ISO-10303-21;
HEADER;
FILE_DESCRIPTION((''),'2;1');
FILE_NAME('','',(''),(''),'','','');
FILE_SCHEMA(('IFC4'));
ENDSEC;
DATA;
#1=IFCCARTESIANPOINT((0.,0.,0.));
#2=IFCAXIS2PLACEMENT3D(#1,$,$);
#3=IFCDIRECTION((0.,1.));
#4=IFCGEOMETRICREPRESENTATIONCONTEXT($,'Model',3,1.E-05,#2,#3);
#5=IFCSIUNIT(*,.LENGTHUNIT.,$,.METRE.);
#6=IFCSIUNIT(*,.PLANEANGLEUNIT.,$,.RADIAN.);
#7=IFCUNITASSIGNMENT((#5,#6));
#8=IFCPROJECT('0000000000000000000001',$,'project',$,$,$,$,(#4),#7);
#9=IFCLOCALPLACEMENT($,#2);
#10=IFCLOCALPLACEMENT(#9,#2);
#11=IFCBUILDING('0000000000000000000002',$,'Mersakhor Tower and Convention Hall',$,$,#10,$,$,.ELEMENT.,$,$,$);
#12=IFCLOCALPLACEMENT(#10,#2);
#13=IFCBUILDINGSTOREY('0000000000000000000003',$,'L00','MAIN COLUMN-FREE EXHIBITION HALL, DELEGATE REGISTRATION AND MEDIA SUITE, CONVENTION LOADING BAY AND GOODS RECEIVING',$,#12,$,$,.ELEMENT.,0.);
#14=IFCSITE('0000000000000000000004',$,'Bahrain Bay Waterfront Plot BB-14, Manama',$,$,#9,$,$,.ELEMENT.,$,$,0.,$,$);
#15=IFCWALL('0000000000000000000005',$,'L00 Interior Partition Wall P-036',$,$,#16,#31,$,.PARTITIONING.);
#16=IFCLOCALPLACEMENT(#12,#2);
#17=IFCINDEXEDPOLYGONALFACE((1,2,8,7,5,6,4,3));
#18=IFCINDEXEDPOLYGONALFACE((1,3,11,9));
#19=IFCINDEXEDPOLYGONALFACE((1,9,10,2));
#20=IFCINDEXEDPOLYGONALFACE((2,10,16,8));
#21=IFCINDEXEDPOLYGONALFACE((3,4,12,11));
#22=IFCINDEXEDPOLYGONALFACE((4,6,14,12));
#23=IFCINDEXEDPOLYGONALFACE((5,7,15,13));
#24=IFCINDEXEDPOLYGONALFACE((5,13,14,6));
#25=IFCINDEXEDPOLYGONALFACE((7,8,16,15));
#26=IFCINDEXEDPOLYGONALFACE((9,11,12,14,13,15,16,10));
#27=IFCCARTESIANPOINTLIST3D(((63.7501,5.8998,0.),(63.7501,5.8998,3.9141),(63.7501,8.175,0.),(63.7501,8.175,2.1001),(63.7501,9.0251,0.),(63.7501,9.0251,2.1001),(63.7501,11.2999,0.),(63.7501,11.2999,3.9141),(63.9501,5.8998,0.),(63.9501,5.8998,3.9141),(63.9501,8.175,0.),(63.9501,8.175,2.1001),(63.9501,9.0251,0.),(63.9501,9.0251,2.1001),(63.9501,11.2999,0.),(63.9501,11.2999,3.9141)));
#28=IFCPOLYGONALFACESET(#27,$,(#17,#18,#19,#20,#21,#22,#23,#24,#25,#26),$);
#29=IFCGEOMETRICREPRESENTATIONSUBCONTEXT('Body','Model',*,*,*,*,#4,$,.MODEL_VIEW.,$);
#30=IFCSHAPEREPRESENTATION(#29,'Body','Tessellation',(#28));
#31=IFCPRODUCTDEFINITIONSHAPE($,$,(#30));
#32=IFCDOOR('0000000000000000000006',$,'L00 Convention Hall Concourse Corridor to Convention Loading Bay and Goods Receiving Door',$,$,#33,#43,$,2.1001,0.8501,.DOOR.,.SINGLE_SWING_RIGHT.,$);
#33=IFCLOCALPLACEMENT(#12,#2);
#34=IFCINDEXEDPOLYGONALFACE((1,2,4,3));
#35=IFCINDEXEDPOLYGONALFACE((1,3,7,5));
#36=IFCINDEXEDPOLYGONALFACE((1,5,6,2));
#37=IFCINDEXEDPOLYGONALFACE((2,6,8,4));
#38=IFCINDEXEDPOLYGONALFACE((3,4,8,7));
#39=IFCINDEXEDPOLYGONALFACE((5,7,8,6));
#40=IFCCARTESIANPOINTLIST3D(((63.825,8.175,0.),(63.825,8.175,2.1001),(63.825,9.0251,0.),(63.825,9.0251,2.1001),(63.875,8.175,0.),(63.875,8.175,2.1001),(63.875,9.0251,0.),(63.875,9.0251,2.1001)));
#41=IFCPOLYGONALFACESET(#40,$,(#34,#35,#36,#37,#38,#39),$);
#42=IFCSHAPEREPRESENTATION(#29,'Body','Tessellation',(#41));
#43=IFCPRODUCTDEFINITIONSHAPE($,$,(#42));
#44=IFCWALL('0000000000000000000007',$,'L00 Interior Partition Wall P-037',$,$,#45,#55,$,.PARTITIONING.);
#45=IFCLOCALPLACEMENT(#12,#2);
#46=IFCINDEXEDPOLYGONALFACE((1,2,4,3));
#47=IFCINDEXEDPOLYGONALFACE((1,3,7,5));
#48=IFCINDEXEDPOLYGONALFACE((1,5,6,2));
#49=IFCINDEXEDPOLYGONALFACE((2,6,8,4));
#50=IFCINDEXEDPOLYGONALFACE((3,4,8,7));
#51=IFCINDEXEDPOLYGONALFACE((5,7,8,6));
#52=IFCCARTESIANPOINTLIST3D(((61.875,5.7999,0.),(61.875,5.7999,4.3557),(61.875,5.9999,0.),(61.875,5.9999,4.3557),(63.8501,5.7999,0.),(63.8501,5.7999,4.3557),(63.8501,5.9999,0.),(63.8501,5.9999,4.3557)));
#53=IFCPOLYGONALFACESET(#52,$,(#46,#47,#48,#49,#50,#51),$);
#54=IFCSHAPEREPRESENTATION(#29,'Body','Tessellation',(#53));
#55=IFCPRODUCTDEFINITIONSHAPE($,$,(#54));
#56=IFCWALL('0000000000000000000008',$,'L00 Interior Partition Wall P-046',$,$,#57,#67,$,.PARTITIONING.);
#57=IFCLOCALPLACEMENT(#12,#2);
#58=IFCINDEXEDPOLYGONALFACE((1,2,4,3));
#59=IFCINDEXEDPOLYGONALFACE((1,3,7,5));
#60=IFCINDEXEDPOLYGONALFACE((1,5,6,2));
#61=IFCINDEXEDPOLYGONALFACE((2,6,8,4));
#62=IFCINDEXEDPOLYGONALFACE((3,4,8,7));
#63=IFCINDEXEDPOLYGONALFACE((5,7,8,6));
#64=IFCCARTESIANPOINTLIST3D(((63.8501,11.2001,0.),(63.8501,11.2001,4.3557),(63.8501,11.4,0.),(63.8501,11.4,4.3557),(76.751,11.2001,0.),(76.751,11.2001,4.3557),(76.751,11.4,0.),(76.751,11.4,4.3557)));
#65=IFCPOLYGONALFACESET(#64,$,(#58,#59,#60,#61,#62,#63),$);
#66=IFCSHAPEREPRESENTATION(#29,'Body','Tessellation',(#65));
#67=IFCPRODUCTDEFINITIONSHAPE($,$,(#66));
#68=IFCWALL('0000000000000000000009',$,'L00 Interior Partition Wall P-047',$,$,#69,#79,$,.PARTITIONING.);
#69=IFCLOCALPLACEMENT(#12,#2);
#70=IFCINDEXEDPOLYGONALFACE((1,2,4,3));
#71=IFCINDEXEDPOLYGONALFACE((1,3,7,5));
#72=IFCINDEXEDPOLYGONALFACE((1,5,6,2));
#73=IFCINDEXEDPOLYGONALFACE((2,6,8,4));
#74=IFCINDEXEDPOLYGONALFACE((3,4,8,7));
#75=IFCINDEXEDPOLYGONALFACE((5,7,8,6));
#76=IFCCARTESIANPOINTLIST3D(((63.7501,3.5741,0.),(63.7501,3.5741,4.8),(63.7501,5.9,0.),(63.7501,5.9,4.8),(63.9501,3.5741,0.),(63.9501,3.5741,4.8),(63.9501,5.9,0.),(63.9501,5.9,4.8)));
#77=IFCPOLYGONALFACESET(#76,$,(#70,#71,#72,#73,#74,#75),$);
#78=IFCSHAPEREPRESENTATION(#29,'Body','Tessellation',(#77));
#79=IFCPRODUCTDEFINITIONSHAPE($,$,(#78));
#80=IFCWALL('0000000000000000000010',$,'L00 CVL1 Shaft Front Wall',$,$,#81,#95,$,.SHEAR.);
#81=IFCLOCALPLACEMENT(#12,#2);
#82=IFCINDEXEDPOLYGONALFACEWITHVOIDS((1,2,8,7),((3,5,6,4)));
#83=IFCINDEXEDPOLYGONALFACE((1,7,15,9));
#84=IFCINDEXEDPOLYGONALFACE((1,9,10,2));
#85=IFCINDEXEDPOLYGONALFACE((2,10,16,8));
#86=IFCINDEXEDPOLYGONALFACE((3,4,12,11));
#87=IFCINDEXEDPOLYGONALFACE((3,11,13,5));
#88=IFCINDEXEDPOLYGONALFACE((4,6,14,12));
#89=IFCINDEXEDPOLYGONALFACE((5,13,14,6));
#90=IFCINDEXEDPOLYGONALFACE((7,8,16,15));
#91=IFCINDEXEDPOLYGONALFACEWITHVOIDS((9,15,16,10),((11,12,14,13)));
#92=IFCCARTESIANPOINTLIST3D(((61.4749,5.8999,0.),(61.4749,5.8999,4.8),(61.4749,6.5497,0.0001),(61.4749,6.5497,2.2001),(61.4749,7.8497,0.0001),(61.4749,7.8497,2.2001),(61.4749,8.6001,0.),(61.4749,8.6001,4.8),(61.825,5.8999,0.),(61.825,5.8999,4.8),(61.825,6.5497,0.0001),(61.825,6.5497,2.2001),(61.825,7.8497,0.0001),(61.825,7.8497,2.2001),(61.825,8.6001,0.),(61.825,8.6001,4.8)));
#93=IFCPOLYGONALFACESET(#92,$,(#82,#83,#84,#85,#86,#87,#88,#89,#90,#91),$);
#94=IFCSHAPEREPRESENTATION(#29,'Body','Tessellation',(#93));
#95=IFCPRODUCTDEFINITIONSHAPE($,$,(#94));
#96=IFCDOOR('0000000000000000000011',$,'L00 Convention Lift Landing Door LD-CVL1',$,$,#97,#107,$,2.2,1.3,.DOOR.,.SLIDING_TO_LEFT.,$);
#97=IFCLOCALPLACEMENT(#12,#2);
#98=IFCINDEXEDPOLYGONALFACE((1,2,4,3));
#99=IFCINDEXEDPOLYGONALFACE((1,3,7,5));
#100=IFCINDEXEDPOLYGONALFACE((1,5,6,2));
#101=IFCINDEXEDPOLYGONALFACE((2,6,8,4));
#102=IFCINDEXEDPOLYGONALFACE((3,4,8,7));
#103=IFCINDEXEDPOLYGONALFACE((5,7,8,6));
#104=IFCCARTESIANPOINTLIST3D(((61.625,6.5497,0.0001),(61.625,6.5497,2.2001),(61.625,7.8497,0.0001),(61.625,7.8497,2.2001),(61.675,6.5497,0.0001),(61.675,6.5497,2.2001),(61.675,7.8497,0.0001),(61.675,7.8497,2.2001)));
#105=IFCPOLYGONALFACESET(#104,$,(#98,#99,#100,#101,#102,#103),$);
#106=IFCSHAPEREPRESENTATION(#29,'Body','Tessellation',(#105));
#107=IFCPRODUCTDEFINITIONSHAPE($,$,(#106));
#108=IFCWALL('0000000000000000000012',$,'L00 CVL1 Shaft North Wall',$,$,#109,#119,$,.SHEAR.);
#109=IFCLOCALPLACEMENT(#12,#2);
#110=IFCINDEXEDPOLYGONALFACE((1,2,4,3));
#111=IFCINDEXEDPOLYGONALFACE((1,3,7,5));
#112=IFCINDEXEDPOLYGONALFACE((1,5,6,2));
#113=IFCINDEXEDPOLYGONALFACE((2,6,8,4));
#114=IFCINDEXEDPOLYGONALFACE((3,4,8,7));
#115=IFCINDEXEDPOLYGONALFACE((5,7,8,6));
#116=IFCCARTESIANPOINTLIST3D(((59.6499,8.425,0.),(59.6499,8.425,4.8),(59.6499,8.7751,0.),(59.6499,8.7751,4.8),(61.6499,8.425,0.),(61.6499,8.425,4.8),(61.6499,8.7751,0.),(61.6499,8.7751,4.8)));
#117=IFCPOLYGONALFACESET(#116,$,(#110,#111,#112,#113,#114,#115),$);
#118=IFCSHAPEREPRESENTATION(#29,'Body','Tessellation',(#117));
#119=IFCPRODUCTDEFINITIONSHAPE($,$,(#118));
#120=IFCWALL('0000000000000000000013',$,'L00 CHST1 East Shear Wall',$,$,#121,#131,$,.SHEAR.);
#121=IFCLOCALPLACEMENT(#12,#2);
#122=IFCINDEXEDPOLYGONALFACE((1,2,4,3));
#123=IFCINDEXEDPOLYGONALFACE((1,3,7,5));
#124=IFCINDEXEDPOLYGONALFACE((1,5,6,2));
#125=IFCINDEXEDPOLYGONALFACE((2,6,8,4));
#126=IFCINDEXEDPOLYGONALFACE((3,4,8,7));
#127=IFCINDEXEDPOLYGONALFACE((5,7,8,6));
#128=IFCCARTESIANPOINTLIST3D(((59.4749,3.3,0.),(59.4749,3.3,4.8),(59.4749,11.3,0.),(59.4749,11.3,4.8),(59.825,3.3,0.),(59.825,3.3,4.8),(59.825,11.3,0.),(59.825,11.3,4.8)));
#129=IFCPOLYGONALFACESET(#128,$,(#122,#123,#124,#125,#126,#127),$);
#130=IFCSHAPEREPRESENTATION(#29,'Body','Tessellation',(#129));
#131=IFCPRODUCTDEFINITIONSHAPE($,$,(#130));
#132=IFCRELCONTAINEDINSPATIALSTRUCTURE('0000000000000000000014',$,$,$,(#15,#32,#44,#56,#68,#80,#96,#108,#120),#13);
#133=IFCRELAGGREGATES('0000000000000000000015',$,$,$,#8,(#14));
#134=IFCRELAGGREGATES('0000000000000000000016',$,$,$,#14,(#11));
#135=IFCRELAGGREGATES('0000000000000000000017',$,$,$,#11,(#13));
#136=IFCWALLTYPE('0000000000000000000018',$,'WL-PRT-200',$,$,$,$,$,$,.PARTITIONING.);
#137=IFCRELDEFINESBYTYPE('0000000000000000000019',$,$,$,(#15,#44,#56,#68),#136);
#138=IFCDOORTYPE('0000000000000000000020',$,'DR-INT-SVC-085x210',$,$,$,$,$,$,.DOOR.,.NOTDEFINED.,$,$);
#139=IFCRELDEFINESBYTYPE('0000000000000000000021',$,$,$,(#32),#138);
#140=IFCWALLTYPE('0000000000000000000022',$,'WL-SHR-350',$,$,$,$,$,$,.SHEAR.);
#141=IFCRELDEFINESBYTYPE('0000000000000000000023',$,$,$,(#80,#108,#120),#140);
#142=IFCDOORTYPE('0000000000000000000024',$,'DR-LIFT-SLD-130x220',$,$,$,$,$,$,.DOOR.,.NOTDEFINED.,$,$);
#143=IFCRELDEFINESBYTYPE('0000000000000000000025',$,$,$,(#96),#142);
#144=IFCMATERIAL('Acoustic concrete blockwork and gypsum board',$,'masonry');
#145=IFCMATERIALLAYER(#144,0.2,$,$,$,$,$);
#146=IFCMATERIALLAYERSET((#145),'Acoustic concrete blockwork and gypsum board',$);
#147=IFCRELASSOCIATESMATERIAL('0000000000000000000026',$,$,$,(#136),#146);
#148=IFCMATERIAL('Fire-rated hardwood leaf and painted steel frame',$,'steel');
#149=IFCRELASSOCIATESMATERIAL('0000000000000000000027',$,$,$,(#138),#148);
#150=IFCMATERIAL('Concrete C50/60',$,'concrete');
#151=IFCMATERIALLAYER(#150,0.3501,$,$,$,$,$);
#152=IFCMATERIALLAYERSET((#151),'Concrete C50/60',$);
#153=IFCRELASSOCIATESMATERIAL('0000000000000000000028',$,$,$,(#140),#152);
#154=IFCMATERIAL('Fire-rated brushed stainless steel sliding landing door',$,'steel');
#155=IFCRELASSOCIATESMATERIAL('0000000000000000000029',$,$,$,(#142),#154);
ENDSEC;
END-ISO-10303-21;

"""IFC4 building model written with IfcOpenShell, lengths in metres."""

from ifc_helpers import new_model, si_unit, direction, frame, frame_2d, origin, place, context, subcontext, project, spatial, rectangle, extrude, material, layer, layer_set, type_object, element, fill, save


model = new_model("IFC4")

# Units and contexts
model_context = context("Model", 3, precision=1e-05, world=origin(), true_north=direction((0.0, 1.0)))
body_context = subcontext(model_context, "Body", "Model", "MODEL_VIEW")
ifc_project = project(units=[si_unit("LENGTHUNIT", "METRE"), si_unit("PLANEANGLEUNIT", "RADIAN")], contexts=[model_context])

# Site, building, storey
site_placement = place(None, origin())
site = spatial("IfcSite", under=ifc_project, at=site_placement, Name="Bahrain Bay Waterfront Plot BB-14, Manama", CompositionType="ELEMENT", RefElevation=0.0)
building_placement = place(site_placement, origin())
building = spatial("IfcBuilding", under=site, at=building_placement, Name="Mersakhor Tower and Convention Hall", CompositionType="ELEMENT")
storey_placement = place(building_placement, origin())
storey = spatial("IfcBuildingStorey", under=building, at=storey_placement, Name="L00", Description="MAIN COLUMN-FREE EXHIBITION HALL, DELEGATE REGISTRATION AND MEDIA SUITE, CONVENTION LOADING BAY AND GOODS RECEIVING", CompositionType="ELEMENT", Elevation=0.0)

# Shared definitions
ifc_material_1 = material(Name="Acoustic concrete blockwork and gypsum board", Category="masonry")
ifc_layer_1 = layer(ifc_material_1, 0.2)
ifc_layer_set_1 = layer_set([ifc_layer_1], Name="Acoustic concrete blockwork and gypsum board")
wall_type_1 = type_object("IfcWallType", Name="WL-PRT-200", PredefinedType="PARTITIONING", material=ifc_layer_set_1)

# Wall, opening, door
wall_1_placement = place(storey_placement, frame((63.8501, 11.3, 0.0), z_axis=(0.0, 0.0, 1.0), x_axis=(0.0, -1.0, 0.0)))
wall_1 = element("IfcWall", 1, at=wall_1_placement, inside=storey, type_object=wall_type_1, Name="L00 Interior Partition Wall P-036", PredefinedType="PARTITIONING", context=body_context, shape_type="SweptSolid", body=[
    extrude(rectangle(XDim=5.4001, YDim=0.2, at=frame_2d((2.7002, 0.0))), origin(), (0.0, 0.0, 1.0), 3.9141),
])
opening_1_placement = place(wall_1_placement, frame((2.2749, 0.0, 0.0)))
opening_1 = element("IfcOpeningElement", 2, at=opening_1_placement, cuts=wall_1, PredefinedType="OPENING", context=body_context, shape_type="SweptSolid", body=[
    extrude(rectangle(XDim=0.8501, YDim=2.1001, at=frame_2d((0.425, 1.05))), frame((0.0, 0.1099, 0.0), z_axis=(0.0, -1.0, 0.0), x_axis=(1.0, 0.0, 0.0)), (0.0, 0.0, 1.0), 0.22),
])
ifc_material_2 = material(Name="Fire-rated hardwood leaf and painted steel frame", Category="steel")
door_type_1 = type_object("IfcDoorType", Name="DR-INT-SVC-085x210", OperationType="NOTDEFINED", PredefinedType="DOOR", material=ifc_material_2)
door_1_placement = place(opening_1_placement, origin())
door_1 = element("IfcDoor", 3, at=door_1_placement, inside=storey, type_object=door_type_1, Name="L00 Convention Hall Concourse Corridor to Convention Loading Bay and Goods Receiving Door", OperationType="SINGLE_SWING_RIGHT", OverallHeight=2.1001, OverallWidth=0.8501, PredefinedType="DOOR", context=body_context, shape_type="SweptSolid", body=[
    extrude(rectangle(XDim=0.8501, YDim=2.1001, at=frame_2d((0.425, 1.05))), frame((0.0, 0.0249, 0.0), z_axis=(0.0, -1.0, 0.0), x_axis=(1.0, 0.0, 0.0)), (0.0, 0.0, 1.0), 0.05),
])
fill(opening_1, door_1)

# Walls
wall_2_placement = place(storey_placement, frame((63.8501, 5.8999, 0.0), z_axis=(0.0, 0.0, 1.0), x_axis=(-1.0, 0.0, 0.0)))
element("IfcWall", 4, at=wall_2_placement, inside=storey, type_object=wall_type_1, Name="L00 Interior Partition Wall P-037", PredefinedType="PARTITIONING", context=body_context, shape_type="SweptSolid", body=[
    extrude(rectangle(XDim=1.9751, YDim=0.2, at=frame_2d((0.9875, 0.0))), origin(), (0.0, 0.0, 1.0), 4.3557),
])
wall_3_placement = place(storey_placement, frame((76.751, 11.3, 0.0), z_axis=(0.0, 0.0, 1.0), x_axis=(-1.0, 0.0, 0.0)))
element("IfcWall", 5, at=wall_3_placement, inside=storey, type_object=wall_type_1, Name="L00 Interior Partition Wall P-046", PredefinedType="PARTITIONING", context=body_context, shape_type="SweptSolid", body=[
    extrude(rectangle(XDim=12.9009, YDim=0.2, at=frame_2d((6.4504, 0.0))), origin(), (0.0, 0.0, 1.0), 4.3557),
])
wall_4_placement = place(storey_placement, frame((63.8501, 3.574, 0.0), z_axis=(0.0, 0.0, 1.0), x_axis=(0.0, 1.0, 0.0)))
element("IfcWall", 6, at=wall_4_placement, inside=storey, type_object=wall_type_1, Name="L00 Interior Partition Wall P-047", PredefinedType="PARTITIONING", context=body_context, shape_type="SweptSolid", body=[
    extrude(rectangle(XDim=2.3259, YDim=0.2, at=frame_2d((1.1631, 0.0))), origin(), (0.0, 0.0, 1.0), 4.8),
])

# Wall, opening, door
ifc_material_3 = material(Name="Concrete C50/60", Category="concrete")
ifc_layer_2 = layer(ifc_material_3, 0.3501)
ifc_layer_set_2 = layer_set([ifc_layer_2], Name="Concrete C50/60")
wall_type_2 = type_object("IfcWallType", Name="WL-SHR-350", PredefinedType="SHEAR", material=ifc_layer_set_2)
wall_5_placement = place(storey_placement, frame((61.6499, 5.8999, 0.0), z_axis=(0.0, 0.0, 1.0), x_axis=(0.0, 1.0, 0.0)))
wall_5 = element("IfcWall", 7, at=wall_5_placement, inside=storey, type_object=wall_type_2, Name="L00 CVL1 Shaft Front Wall", PredefinedType="SHEAR", context=body_context, shape_type="SweptSolid", body=[
    extrude(rectangle(XDim=2.7002, YDim=0.3501, at=frame_2d((1.3501, 0.0))), origin(), (0.0, 0.0, 1.0), 4.8),
])
opening_2_placement = place(wall_5_placement, frame((0.6499, 0.0, 0.0)))
opening_2 = element("IfcOpeningElement", 8, at=opening_2_placement, cuts=wall_5, PredefinedType="OPENING", context=body_context, shape_type="SweptSolid", body=[
    extrude(rectangle(XDim=1.3, YDim=2.2, at=frame_2d((0.6499, 1.1001))), frame((0.0, 0.1851, 0.0), z_axis=(0.0, -1.0, 0.0), x_axis=(1.0, 0.0, 0.0)), (0.0, 0.0, 1.0), 0.3701),
])
ifc_material_4 = material(Name="Fire-rated brushed stainless steel sliding landing door", Category="steel")
door_type_2 = type_object("IfcDoorType", Name="DR-LIFT-SLD-130x220", OperationType="NOTDEFINED", PredefinedType="DOOR", material=ifc_material_4)
door_2_placement = place(opening_2_placement, origin())
door_2 = element("IfcDoor", 9, at=door_2_placement, inside=storey, type_object=door_type_2, Name="L00 Convention Lift Landing Door LD-CVL1", OperationType="SLIDING_TO_LEFT", OverallHeight=2.2, OverallWidth=1.3, PredefinedType="DOOR", context=body_context, shape_type="SweptSolid", body=[
    extrude(rectangle(XDim=1.3, YDim=2.2, at=frame_2d((0.6499, 1.1001))), frame((0.0, 0.0249, 0.0), z_axis=(0.0, -1.0, 0.0), x_axis=(1.0, 0.0, 0.0)), (0.0, 0.0, 1.0), 0.05),
])
fill(opening_2, door_2)

# Walls
wall_6_placement = place(storey_placement, frame((59.6499, 8.6001, 0.0), z_axis=(0.0, 0.0, 1.0), x_axis=(1.0, 0.0, 0.0)))
element("IfcWall", 10, at=wall_6_placement, inside=storey, type_object=wall_type_2, Name="L00 CVL1 Shaft North Wall", PredefinedType="SHEAR", context=body_context, shape_type="SweptSolid", body=[
    extrude(rectangle(XDim=2.0, YDim=0.3501, at=frame_2d((1.0, 0.0))), origin(), (0.0, 0.0, 1.0), 4.8),
])
wall_7_placement = place(storey_placement, frame((59.6499, 11.3, 0.0), z_axis=(0.0, 0.0, 1.0), x_axis=(0.0, -1.0, 0.0)))
element("IfcWall", 11, at=wall_7_placement, inside=storey, type_object=wall_type_2, Name="L00 CHST1 East Shear Wall", PredefinedType="SHEAR", context=body_context, shape_type="SweptSolid", body=[
    extrude(rectangle(XDim=8.0, YDim=0.3501, at=frame_2d((4.0, 0.0))), origin(), (0.0, 0.0, 1.0), 4.8),
])

save(model, "model.ifc")
